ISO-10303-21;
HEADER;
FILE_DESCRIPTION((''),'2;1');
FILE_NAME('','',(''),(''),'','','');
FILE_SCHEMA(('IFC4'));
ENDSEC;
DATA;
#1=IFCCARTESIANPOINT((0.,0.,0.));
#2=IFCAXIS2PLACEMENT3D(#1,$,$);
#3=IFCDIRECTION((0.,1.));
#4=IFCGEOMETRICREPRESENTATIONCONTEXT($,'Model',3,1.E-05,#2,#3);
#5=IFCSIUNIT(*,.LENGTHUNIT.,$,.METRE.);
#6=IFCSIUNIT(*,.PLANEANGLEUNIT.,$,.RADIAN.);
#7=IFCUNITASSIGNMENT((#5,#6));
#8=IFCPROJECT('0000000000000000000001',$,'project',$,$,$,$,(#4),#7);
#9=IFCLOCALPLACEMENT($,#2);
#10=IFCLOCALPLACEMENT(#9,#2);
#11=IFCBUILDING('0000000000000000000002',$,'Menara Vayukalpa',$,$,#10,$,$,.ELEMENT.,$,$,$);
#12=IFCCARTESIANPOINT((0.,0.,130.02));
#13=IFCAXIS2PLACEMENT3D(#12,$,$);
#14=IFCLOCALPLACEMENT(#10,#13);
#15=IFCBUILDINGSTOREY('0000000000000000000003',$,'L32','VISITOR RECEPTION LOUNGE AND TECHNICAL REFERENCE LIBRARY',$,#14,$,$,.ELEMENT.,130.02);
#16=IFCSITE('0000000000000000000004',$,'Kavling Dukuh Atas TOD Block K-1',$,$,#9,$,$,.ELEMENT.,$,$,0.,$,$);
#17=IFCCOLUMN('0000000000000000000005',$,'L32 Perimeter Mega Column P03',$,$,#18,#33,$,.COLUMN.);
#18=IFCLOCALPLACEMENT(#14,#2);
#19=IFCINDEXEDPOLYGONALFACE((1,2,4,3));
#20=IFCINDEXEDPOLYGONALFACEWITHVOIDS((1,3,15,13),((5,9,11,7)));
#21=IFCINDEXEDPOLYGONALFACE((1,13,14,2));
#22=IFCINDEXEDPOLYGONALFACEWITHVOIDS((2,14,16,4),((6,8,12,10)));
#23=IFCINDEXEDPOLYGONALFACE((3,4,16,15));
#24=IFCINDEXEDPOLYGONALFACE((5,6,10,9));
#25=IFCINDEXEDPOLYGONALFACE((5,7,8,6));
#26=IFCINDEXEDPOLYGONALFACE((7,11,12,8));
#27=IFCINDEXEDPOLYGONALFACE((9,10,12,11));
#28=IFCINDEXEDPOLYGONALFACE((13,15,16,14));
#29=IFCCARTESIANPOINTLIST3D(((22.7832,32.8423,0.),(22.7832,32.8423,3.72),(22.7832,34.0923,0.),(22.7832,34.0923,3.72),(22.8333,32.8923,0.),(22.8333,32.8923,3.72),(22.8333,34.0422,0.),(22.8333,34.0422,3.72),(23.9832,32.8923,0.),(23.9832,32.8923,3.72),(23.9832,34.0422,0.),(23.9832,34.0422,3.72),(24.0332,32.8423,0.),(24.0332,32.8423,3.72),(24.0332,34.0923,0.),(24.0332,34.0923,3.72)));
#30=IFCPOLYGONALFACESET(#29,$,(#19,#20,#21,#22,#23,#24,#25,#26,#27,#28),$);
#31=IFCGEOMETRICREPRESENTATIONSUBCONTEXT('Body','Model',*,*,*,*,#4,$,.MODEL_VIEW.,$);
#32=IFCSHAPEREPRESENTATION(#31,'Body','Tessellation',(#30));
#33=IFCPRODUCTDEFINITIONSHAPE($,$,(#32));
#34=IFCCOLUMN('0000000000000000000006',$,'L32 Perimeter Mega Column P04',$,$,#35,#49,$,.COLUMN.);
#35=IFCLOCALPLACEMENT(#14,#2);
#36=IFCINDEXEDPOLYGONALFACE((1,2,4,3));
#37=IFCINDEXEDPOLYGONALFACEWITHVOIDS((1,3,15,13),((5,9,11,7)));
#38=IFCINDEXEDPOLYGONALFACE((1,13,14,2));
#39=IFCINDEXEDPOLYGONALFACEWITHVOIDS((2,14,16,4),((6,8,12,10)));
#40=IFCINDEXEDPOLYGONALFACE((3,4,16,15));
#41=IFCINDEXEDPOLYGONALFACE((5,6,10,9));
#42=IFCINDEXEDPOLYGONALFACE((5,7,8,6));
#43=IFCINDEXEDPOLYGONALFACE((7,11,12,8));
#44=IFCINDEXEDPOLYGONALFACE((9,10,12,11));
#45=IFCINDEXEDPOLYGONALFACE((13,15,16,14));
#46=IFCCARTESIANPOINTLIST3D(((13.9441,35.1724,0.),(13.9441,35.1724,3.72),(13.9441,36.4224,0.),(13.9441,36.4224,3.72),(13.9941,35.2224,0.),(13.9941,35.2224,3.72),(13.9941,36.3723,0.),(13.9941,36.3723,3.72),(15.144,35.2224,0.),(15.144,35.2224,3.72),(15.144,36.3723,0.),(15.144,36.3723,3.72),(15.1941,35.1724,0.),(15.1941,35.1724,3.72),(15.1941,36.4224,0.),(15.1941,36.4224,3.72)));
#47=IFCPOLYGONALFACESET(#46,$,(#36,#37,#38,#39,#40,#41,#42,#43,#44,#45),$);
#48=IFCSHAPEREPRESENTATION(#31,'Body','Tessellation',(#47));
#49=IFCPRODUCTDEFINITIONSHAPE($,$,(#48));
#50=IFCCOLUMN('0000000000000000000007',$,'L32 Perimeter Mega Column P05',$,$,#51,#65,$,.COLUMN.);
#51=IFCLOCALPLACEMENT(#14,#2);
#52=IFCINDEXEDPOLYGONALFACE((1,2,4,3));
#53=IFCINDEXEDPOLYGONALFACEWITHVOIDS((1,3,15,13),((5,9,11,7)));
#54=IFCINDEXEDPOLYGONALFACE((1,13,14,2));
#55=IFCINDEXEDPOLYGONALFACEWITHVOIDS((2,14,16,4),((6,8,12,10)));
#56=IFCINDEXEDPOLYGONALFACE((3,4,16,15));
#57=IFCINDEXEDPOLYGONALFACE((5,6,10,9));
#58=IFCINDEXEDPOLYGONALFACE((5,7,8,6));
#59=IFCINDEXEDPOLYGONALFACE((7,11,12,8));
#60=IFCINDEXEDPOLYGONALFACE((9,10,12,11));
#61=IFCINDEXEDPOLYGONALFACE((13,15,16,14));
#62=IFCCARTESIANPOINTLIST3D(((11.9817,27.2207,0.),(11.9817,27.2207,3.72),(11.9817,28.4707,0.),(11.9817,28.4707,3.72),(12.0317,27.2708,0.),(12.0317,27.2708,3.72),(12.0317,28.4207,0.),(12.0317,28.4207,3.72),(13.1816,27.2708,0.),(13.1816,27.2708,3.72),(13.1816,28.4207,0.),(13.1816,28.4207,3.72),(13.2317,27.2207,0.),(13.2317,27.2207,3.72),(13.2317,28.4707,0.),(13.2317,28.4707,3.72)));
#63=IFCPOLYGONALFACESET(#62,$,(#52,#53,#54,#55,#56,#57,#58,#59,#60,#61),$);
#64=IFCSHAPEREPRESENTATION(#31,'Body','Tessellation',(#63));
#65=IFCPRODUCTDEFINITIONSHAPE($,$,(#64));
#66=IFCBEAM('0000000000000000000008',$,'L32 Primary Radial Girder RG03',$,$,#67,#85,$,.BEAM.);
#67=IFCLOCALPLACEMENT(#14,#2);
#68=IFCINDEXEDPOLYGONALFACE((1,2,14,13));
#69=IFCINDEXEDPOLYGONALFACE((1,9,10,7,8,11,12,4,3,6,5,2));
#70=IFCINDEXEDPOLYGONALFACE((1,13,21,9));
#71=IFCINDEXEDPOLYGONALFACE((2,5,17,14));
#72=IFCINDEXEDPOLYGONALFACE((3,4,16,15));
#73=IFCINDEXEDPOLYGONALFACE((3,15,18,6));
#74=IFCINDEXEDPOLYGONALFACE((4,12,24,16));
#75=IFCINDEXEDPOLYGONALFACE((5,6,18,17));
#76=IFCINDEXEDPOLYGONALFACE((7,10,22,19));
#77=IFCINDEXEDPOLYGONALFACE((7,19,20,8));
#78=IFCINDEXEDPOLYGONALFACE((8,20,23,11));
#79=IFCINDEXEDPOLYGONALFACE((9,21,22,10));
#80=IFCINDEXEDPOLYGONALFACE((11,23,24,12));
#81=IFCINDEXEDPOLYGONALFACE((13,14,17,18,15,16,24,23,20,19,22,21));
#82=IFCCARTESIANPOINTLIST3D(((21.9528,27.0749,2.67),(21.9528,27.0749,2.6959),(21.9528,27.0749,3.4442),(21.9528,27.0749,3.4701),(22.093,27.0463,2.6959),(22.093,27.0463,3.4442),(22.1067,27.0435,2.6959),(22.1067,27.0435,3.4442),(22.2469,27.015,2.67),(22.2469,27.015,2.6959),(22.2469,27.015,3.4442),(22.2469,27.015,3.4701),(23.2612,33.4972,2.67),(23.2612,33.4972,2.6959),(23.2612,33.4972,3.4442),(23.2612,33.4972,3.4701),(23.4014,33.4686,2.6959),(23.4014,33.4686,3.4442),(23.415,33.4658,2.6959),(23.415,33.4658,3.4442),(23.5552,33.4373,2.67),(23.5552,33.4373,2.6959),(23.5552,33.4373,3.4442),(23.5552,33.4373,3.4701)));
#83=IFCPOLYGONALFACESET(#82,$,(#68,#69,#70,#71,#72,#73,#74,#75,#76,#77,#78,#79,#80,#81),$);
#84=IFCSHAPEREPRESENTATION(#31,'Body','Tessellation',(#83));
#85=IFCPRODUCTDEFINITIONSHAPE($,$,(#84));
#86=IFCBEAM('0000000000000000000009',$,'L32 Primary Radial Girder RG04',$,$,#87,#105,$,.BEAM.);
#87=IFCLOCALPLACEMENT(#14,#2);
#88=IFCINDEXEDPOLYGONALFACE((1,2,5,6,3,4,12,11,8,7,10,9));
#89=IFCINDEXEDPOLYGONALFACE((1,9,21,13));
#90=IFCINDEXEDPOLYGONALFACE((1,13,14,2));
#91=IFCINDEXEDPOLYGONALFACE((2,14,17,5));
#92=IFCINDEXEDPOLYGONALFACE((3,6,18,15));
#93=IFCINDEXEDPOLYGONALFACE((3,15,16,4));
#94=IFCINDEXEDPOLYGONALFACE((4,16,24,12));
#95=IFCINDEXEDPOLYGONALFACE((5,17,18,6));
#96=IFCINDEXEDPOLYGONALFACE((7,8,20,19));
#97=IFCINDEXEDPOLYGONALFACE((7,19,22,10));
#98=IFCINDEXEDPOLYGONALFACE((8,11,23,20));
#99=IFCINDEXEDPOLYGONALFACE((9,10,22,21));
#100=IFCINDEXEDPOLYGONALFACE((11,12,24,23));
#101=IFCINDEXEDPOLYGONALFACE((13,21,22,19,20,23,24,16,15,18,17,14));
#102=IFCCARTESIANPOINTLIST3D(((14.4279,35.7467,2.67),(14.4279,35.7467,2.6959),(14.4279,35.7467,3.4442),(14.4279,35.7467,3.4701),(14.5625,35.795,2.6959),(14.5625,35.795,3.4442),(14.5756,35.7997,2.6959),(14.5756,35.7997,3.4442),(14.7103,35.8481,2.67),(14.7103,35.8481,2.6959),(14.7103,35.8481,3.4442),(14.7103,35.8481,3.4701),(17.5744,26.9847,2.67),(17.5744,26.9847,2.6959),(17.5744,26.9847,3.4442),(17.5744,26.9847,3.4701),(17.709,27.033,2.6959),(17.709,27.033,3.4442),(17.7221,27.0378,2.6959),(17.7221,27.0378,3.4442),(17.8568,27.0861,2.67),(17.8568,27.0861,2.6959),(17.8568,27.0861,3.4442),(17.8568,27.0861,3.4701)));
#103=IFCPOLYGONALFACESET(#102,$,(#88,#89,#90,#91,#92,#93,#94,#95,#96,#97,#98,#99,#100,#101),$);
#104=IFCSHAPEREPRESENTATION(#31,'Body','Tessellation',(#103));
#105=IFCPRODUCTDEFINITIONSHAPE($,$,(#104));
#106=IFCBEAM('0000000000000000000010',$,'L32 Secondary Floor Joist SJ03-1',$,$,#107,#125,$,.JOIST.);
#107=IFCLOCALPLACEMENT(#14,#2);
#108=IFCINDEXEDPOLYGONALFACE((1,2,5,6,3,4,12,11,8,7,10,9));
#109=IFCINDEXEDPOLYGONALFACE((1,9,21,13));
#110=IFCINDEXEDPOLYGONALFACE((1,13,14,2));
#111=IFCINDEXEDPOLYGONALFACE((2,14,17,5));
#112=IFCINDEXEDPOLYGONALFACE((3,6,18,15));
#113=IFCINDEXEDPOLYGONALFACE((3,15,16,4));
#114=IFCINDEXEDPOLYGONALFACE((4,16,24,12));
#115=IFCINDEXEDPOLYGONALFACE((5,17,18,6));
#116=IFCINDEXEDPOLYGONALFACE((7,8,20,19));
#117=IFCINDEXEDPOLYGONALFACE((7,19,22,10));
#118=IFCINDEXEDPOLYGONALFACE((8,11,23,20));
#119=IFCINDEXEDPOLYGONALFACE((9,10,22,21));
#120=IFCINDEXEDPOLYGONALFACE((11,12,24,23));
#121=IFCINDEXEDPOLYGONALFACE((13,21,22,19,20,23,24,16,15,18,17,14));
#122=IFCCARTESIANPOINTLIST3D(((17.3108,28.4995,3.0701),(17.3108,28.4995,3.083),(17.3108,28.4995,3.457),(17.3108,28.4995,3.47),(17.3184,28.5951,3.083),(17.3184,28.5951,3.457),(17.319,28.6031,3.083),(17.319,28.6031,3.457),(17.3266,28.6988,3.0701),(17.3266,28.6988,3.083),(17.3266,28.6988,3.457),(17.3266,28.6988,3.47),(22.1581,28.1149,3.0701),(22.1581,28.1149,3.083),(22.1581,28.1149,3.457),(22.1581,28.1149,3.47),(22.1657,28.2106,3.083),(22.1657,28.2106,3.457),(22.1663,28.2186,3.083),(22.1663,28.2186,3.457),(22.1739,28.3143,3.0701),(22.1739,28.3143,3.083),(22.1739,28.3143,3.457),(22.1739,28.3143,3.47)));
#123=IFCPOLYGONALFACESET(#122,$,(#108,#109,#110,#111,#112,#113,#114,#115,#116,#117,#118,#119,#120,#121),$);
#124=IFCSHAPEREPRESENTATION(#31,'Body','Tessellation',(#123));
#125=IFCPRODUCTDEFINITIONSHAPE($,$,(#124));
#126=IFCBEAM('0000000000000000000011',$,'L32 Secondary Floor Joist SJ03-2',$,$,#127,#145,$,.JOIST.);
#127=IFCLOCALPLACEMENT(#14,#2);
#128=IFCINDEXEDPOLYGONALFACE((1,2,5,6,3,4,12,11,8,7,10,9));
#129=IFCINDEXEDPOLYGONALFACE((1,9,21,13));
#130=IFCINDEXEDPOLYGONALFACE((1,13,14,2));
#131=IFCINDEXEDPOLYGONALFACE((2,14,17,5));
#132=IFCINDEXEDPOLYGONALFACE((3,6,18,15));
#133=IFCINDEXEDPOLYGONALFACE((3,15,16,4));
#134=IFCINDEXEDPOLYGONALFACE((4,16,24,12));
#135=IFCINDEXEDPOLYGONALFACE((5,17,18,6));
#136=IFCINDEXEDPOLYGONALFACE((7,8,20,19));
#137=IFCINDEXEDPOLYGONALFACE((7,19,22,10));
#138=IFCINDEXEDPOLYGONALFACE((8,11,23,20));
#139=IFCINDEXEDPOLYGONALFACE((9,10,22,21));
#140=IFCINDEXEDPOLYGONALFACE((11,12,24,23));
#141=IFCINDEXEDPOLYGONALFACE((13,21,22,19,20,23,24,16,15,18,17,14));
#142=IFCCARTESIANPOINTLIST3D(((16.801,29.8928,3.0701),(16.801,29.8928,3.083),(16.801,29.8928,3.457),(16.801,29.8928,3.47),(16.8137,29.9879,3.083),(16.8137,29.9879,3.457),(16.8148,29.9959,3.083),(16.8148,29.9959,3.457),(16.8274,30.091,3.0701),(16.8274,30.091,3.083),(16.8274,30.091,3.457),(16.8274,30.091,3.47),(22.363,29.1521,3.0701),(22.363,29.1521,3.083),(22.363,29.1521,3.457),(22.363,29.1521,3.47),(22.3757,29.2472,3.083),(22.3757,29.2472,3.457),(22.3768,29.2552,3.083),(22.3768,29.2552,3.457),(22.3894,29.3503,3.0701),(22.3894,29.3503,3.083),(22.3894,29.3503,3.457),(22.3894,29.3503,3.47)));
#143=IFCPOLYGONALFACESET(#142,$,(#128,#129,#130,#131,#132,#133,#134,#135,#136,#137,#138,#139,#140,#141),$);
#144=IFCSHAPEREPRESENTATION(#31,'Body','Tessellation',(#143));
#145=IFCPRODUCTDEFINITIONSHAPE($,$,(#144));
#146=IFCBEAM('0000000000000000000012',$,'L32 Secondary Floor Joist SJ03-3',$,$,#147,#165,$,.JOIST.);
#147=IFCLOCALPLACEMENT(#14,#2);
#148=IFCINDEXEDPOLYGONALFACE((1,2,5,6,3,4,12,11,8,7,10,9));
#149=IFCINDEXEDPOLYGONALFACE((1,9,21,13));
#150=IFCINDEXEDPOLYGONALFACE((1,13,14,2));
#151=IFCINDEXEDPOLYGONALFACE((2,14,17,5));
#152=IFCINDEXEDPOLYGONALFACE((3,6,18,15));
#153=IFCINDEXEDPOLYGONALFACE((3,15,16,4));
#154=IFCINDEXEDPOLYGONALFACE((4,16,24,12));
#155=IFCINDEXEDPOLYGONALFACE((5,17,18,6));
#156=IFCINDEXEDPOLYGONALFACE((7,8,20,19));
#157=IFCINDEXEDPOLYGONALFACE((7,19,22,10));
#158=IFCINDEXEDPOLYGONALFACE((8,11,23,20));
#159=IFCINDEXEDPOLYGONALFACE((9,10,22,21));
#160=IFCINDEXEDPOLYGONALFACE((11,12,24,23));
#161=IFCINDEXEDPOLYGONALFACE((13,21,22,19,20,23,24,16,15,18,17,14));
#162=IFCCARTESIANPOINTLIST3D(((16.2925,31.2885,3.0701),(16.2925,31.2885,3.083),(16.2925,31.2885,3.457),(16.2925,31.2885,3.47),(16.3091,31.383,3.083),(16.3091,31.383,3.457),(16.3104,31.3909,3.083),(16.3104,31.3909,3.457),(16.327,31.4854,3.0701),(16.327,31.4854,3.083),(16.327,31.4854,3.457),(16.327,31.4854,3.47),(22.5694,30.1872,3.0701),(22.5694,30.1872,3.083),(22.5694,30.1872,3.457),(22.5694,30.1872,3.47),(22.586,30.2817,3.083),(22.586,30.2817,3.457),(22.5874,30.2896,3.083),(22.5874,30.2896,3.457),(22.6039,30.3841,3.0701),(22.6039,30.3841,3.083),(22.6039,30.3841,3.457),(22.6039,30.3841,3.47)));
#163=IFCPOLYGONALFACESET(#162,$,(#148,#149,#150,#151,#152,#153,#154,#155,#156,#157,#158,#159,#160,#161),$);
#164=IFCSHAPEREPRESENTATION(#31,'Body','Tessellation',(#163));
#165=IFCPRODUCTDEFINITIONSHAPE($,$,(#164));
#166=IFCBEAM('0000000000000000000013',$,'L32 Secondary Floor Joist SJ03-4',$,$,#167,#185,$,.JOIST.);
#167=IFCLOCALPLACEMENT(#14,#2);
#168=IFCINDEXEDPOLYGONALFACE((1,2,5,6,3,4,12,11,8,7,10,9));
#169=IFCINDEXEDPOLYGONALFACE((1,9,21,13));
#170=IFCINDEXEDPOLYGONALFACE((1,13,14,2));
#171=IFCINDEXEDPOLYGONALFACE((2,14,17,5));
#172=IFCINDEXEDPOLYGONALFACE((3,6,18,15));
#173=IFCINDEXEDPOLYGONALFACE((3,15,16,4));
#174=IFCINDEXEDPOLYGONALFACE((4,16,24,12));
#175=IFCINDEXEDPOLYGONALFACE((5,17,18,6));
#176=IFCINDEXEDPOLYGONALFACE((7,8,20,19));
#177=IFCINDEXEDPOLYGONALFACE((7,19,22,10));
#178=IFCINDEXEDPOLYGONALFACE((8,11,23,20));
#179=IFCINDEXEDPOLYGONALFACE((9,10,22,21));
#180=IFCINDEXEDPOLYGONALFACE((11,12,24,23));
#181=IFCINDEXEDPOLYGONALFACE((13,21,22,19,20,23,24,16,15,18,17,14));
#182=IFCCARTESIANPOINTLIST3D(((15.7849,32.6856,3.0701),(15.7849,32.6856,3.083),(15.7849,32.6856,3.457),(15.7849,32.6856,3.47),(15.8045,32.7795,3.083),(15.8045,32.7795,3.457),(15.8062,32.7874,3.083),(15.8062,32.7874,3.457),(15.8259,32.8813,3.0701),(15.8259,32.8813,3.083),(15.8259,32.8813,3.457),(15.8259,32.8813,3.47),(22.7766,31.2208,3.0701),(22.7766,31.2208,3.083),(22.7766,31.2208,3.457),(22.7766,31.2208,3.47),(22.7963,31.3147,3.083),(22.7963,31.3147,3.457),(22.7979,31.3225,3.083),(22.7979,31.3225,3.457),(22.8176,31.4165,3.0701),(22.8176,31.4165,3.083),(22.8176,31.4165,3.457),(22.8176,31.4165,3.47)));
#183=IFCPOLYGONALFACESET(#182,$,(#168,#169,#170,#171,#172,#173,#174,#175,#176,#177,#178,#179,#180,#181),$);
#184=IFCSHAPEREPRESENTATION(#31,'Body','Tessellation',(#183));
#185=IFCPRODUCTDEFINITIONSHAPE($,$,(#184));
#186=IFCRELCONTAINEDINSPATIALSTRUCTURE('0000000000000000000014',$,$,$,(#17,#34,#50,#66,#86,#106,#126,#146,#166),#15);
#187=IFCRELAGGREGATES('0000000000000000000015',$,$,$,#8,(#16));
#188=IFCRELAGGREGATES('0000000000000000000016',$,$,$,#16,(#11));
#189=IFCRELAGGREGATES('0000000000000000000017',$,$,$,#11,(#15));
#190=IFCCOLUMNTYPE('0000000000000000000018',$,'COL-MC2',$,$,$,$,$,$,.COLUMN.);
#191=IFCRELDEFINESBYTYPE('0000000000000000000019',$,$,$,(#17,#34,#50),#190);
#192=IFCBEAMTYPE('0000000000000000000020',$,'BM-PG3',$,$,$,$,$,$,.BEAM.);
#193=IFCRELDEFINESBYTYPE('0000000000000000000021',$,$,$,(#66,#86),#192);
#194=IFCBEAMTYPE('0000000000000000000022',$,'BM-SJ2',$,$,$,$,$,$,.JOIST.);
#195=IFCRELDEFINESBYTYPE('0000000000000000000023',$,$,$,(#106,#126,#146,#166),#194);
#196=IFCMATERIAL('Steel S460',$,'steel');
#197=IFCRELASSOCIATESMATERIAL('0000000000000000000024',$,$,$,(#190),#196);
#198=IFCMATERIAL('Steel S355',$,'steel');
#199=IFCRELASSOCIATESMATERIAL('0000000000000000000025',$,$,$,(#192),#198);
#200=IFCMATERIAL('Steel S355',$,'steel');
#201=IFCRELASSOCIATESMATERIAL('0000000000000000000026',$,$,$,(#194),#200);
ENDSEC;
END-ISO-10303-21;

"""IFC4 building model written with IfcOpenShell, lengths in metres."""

from ifc_helpers import new_model, si_unit, direction, frame, origin, origin_2d, place, context, subcontext, project, spatial, hollow_rectangle, i_section, extrude, material, material_profile, profile_set, type_object, element, save


model = new_model("IFC4")

# Units and contexts
model_context = context("Model", 3, precision=1e-05, world=origin(), true_north=direction((0.0, 1.0)))
body_context = subcontext(model_context, "Body", "Model", "MODEL_VIEW")
ifc_project = project(units=[si_unit("LENGTHUNIT", "METRE"), si_unit("PLANEANGLEUNIT", "RADIAN")], contexts=[model_context])

# Site, building, storey
site_placement = place(None, origin())
site = spatial("IfcSite", under=ifc_project, at=site_placement, Name="Kavling Dukuh Atas TOD Block K-1", CompositionType="ELEMENT", RefElevation=0.0)
building_placement = place(site_placement, origin())
building = spatial("IfcBuilding", under=site, at=building_placement, Name="Menara Vayukalpa", CompositionType="ELEMENT")
storey_placement = place(building_placement, frame((0.0, 0.0, 130.02)))
storey = spatial("IfcBuildingStorey", under=building, at=storey_placement, Name="L32", Description="VISITOR RECEPTION LOUNGE AND TECHNICAL REFERENCE LIBRARY", CompositionType="ELEMENT", Elevation=130.02)

# Columns
ifc_material_1 = material(Name="Steel S460", Category="steel")
ifc_material_profile_1 = material_profile(ifc_material_1, hollow_rectangle(XDim=1.25, YDim=1.25, WallThickness=0.05, at=origin_2d()), Name="BOX 1250x1250x50")
ifc_profile_set_1 = profile_set([ifc_material_profile_1], Name="Steel S460")
column_type = type_object("IfcColumnType", Name="COL-MC2", PredefinedType="COLUMN", material=ifc_profile_set_1)
for number, where, z_axis, x_axis, name in (
    (1, (23.4082, 33.4673, 0.0), (0.0, 0.0, 1.0), (1.0, 0.0, 0.0), "L32 Perimeter Mega Column P03"),
    (2, (14.5691, 35.7974, 0.0), (0.0, 0.0, 1.0), (1.0, 0.0, 0.0), "L32 Perimeter Mega Column P04"),
    (3, (12.6067, 27.8457, 0.0), (0.0, 0.0, 1.0), (1.0, 0.0, 0.0), "L32 Perimeter Mega Column P05"),
):
    element("IfcColumn", number, at=place(storey_placement, frame(where, z_axis=z_axis, x_axis=x_axis)), inside=storey, type_object=column_type, Name=name, PredefinedType="COLUMN", context=body_context, shape_type="SweptSolid", body=[
        extrude(hollow_rectangle(XDim=1.25, YDim=1.25, WallThickness=0.05, at=origin_2d()), origin(), (0.0, 0.0, 1.0), 3.72),
    ])

# Beams
ifc_material_2 = material(Name="Steel S355", Category="steel")
ifc_material_profile_2 = material_profile(ifc_material_2, i_section(OverallWidth=0.3, OverallDepth=0.8, WebThickness=0.0139, FlangeThickness=0.0259, at=origin_2d()), Name="WF 800x300x14x26")
ifc_profile_set_2 = profile_set([ifc_material_profile_2], Name="Steel S355")
beam_type_1 = type_object("IfcBeamType", Name="BM-PG3", PredefinedType="BEAM", material=ifc_profile_set_2)
beam_1_placement = place(storey_placement, frame((22.0999, 27.0449, 3.0701), z_axis=(0.199618, 0.979874, 0.0), x_axis=(-0.979874, 0.199618, 0.0)))
element("IfcBeam", 4, at=beam_1_placement, inside=storey, type_object=beam_type_1, Name="L32 Primary Radial Girder RG03", PredefinedType="BEAM", context=body_context, shape_type="SweptSolid", body=[
    extrude(i_section(OverallWidth=0.3, OverallDepth=0.8, WebThickness=0.0139, FlangeThickness=0.0259, at=origin_2d()), origin(), (0.0, 0.0, 1.0), 6.5542),
])
beam_2_placement = place(storey_placement, frame((17.7156, 27.0354, 3.0701), z_axis=(-0.337976, 0.941155, 0.0), x_axis=(-0.941155, -0.337976, 0.0)))
element("IfcBeam", 5, at=beam_2_placement, inside=storey, type_object=beam_type_1, Name="L32 Primary Radial Girder RG04", PredefinedType="BEAM", context=body_context, shape_type="SweptSolid", body=[
    extrude(i_section(OverallWidth=0.3, OverallDepth=0.8, WebThickness=0.0139, FlangeThickness=0.0259, at=origin_2d()), origin(), (0.0, 0.0, 1.0), 9.3098),
])
ifc_material_3 = material(Name="Steel S355", Category="steel")
ifc_material_profile_3 = material_profile(ifc_material_3, i_section(OverallWidth=0.2, OverallDepth=0.3999, WebThickness=0.0081, FlangeThickness=0.0129, at=origin_2d()), Name="WF 400x200x8x13")
ifc_profile_set_3 = profile_set([ifc_material_profile_3], Name="Steel S355")
beam_type_2 = type_object("IfcBeamType", Name="BM-SJ2", PredefinedType="JOIST", material=ifc_profile_set_3)
beam_3_placement = place(storey_placement, frame((22.166, 28.2146, 3.27), z_axis=(-0.996869, 0.079077, 0.0), x_axis=(-0.079077, -0.996869, 0.0)))
element("IfcBeam", 6, at=beam_3_placement, inside=storey, type_object=beam_type_2, Name="L32 Secondary Floor Joist SJ03-1", PredefinedType="JOIST", context=body_context, shape_type="SweptSolid", body=[
    extrude(i_section(OverallWidth=0.2, OverallDepth=0.3999, WebThickness=0.0081, FlangeThickness=0.0129, at=origin_2d()), origin(), (0.0, 0.0, 1.0), 4.8625),
])
beam_4_placement = place(storey_placement, frame((22.3762, 29.2512, 3.27), z_axis=(-0.991248, 0.13201, 0.0), x_axis=(-0.13201, -0.991248, 0.0)))
element("IfcBeam", 7, at=beam_4_placement, inside=storey, type_object=beam_type_2, Name="L32 Secondary Floor Joist SJ03-2", PredefinedType="JOIST", context=body_context, shape_type="SweptSolid", body=[
    extrude(i_section(OverallWidth=0.2, OverallDepth=0.3999, WebThickness=0.0081, FlangeThickness=0.0129, at=origin_2d()), origin(), (0.0, 0.0, 1.0), 5.6111),
])
beam_5_placement = place(storey_placement, frame((22.5867, 30.2856, 3.27), z_axis=(-0.984954, 0.172817, 0.0), x_axis=(-0.172817, -0.984954, 0.0)))
element("IfcBeam", 8, at=beam_5_placement, inside=storey, type_object=beam_type_2, Name="L32 Secondary Floor Joist SJ03-3", PredefinedType="JOIST", context=body_context, shape_type="SweptSolid", body=[
    extrude(i_section(OverallWidth=0.2, OverallDepth=0.3999, WebThickness=0.0081, FlangeThickness=0.0129, at=origin_2d()), origin(), (0.0, 0.0, 1.0), 6.3728),
])
beam_6_placement = place(storey_placement, frame((22.7971, 31.3186, 3.27), z_axis=(-0.978749, 0.20506, 0.0), x_axis=(-0.20506, -0.978749, 0.0)))
element("IfcBeam", 9, at=beam_6_placement, inside=storey, type_object=beam_type_2, Name="L32 Secondary Floor Joist SJ03-4", PredefinedType="JOIST", context=body_context, shape_type="SweptSolid", body=[
    extrude(i_section(OverallWidth=0.2, OverallDepth=0.3999, WebThickness=0.0081, FlangeThickness=0.0129, at=origin_2d()), origin(), (0.0, 0.0, 1.0), 7.1436),
])

save(model, "model.ifc")
